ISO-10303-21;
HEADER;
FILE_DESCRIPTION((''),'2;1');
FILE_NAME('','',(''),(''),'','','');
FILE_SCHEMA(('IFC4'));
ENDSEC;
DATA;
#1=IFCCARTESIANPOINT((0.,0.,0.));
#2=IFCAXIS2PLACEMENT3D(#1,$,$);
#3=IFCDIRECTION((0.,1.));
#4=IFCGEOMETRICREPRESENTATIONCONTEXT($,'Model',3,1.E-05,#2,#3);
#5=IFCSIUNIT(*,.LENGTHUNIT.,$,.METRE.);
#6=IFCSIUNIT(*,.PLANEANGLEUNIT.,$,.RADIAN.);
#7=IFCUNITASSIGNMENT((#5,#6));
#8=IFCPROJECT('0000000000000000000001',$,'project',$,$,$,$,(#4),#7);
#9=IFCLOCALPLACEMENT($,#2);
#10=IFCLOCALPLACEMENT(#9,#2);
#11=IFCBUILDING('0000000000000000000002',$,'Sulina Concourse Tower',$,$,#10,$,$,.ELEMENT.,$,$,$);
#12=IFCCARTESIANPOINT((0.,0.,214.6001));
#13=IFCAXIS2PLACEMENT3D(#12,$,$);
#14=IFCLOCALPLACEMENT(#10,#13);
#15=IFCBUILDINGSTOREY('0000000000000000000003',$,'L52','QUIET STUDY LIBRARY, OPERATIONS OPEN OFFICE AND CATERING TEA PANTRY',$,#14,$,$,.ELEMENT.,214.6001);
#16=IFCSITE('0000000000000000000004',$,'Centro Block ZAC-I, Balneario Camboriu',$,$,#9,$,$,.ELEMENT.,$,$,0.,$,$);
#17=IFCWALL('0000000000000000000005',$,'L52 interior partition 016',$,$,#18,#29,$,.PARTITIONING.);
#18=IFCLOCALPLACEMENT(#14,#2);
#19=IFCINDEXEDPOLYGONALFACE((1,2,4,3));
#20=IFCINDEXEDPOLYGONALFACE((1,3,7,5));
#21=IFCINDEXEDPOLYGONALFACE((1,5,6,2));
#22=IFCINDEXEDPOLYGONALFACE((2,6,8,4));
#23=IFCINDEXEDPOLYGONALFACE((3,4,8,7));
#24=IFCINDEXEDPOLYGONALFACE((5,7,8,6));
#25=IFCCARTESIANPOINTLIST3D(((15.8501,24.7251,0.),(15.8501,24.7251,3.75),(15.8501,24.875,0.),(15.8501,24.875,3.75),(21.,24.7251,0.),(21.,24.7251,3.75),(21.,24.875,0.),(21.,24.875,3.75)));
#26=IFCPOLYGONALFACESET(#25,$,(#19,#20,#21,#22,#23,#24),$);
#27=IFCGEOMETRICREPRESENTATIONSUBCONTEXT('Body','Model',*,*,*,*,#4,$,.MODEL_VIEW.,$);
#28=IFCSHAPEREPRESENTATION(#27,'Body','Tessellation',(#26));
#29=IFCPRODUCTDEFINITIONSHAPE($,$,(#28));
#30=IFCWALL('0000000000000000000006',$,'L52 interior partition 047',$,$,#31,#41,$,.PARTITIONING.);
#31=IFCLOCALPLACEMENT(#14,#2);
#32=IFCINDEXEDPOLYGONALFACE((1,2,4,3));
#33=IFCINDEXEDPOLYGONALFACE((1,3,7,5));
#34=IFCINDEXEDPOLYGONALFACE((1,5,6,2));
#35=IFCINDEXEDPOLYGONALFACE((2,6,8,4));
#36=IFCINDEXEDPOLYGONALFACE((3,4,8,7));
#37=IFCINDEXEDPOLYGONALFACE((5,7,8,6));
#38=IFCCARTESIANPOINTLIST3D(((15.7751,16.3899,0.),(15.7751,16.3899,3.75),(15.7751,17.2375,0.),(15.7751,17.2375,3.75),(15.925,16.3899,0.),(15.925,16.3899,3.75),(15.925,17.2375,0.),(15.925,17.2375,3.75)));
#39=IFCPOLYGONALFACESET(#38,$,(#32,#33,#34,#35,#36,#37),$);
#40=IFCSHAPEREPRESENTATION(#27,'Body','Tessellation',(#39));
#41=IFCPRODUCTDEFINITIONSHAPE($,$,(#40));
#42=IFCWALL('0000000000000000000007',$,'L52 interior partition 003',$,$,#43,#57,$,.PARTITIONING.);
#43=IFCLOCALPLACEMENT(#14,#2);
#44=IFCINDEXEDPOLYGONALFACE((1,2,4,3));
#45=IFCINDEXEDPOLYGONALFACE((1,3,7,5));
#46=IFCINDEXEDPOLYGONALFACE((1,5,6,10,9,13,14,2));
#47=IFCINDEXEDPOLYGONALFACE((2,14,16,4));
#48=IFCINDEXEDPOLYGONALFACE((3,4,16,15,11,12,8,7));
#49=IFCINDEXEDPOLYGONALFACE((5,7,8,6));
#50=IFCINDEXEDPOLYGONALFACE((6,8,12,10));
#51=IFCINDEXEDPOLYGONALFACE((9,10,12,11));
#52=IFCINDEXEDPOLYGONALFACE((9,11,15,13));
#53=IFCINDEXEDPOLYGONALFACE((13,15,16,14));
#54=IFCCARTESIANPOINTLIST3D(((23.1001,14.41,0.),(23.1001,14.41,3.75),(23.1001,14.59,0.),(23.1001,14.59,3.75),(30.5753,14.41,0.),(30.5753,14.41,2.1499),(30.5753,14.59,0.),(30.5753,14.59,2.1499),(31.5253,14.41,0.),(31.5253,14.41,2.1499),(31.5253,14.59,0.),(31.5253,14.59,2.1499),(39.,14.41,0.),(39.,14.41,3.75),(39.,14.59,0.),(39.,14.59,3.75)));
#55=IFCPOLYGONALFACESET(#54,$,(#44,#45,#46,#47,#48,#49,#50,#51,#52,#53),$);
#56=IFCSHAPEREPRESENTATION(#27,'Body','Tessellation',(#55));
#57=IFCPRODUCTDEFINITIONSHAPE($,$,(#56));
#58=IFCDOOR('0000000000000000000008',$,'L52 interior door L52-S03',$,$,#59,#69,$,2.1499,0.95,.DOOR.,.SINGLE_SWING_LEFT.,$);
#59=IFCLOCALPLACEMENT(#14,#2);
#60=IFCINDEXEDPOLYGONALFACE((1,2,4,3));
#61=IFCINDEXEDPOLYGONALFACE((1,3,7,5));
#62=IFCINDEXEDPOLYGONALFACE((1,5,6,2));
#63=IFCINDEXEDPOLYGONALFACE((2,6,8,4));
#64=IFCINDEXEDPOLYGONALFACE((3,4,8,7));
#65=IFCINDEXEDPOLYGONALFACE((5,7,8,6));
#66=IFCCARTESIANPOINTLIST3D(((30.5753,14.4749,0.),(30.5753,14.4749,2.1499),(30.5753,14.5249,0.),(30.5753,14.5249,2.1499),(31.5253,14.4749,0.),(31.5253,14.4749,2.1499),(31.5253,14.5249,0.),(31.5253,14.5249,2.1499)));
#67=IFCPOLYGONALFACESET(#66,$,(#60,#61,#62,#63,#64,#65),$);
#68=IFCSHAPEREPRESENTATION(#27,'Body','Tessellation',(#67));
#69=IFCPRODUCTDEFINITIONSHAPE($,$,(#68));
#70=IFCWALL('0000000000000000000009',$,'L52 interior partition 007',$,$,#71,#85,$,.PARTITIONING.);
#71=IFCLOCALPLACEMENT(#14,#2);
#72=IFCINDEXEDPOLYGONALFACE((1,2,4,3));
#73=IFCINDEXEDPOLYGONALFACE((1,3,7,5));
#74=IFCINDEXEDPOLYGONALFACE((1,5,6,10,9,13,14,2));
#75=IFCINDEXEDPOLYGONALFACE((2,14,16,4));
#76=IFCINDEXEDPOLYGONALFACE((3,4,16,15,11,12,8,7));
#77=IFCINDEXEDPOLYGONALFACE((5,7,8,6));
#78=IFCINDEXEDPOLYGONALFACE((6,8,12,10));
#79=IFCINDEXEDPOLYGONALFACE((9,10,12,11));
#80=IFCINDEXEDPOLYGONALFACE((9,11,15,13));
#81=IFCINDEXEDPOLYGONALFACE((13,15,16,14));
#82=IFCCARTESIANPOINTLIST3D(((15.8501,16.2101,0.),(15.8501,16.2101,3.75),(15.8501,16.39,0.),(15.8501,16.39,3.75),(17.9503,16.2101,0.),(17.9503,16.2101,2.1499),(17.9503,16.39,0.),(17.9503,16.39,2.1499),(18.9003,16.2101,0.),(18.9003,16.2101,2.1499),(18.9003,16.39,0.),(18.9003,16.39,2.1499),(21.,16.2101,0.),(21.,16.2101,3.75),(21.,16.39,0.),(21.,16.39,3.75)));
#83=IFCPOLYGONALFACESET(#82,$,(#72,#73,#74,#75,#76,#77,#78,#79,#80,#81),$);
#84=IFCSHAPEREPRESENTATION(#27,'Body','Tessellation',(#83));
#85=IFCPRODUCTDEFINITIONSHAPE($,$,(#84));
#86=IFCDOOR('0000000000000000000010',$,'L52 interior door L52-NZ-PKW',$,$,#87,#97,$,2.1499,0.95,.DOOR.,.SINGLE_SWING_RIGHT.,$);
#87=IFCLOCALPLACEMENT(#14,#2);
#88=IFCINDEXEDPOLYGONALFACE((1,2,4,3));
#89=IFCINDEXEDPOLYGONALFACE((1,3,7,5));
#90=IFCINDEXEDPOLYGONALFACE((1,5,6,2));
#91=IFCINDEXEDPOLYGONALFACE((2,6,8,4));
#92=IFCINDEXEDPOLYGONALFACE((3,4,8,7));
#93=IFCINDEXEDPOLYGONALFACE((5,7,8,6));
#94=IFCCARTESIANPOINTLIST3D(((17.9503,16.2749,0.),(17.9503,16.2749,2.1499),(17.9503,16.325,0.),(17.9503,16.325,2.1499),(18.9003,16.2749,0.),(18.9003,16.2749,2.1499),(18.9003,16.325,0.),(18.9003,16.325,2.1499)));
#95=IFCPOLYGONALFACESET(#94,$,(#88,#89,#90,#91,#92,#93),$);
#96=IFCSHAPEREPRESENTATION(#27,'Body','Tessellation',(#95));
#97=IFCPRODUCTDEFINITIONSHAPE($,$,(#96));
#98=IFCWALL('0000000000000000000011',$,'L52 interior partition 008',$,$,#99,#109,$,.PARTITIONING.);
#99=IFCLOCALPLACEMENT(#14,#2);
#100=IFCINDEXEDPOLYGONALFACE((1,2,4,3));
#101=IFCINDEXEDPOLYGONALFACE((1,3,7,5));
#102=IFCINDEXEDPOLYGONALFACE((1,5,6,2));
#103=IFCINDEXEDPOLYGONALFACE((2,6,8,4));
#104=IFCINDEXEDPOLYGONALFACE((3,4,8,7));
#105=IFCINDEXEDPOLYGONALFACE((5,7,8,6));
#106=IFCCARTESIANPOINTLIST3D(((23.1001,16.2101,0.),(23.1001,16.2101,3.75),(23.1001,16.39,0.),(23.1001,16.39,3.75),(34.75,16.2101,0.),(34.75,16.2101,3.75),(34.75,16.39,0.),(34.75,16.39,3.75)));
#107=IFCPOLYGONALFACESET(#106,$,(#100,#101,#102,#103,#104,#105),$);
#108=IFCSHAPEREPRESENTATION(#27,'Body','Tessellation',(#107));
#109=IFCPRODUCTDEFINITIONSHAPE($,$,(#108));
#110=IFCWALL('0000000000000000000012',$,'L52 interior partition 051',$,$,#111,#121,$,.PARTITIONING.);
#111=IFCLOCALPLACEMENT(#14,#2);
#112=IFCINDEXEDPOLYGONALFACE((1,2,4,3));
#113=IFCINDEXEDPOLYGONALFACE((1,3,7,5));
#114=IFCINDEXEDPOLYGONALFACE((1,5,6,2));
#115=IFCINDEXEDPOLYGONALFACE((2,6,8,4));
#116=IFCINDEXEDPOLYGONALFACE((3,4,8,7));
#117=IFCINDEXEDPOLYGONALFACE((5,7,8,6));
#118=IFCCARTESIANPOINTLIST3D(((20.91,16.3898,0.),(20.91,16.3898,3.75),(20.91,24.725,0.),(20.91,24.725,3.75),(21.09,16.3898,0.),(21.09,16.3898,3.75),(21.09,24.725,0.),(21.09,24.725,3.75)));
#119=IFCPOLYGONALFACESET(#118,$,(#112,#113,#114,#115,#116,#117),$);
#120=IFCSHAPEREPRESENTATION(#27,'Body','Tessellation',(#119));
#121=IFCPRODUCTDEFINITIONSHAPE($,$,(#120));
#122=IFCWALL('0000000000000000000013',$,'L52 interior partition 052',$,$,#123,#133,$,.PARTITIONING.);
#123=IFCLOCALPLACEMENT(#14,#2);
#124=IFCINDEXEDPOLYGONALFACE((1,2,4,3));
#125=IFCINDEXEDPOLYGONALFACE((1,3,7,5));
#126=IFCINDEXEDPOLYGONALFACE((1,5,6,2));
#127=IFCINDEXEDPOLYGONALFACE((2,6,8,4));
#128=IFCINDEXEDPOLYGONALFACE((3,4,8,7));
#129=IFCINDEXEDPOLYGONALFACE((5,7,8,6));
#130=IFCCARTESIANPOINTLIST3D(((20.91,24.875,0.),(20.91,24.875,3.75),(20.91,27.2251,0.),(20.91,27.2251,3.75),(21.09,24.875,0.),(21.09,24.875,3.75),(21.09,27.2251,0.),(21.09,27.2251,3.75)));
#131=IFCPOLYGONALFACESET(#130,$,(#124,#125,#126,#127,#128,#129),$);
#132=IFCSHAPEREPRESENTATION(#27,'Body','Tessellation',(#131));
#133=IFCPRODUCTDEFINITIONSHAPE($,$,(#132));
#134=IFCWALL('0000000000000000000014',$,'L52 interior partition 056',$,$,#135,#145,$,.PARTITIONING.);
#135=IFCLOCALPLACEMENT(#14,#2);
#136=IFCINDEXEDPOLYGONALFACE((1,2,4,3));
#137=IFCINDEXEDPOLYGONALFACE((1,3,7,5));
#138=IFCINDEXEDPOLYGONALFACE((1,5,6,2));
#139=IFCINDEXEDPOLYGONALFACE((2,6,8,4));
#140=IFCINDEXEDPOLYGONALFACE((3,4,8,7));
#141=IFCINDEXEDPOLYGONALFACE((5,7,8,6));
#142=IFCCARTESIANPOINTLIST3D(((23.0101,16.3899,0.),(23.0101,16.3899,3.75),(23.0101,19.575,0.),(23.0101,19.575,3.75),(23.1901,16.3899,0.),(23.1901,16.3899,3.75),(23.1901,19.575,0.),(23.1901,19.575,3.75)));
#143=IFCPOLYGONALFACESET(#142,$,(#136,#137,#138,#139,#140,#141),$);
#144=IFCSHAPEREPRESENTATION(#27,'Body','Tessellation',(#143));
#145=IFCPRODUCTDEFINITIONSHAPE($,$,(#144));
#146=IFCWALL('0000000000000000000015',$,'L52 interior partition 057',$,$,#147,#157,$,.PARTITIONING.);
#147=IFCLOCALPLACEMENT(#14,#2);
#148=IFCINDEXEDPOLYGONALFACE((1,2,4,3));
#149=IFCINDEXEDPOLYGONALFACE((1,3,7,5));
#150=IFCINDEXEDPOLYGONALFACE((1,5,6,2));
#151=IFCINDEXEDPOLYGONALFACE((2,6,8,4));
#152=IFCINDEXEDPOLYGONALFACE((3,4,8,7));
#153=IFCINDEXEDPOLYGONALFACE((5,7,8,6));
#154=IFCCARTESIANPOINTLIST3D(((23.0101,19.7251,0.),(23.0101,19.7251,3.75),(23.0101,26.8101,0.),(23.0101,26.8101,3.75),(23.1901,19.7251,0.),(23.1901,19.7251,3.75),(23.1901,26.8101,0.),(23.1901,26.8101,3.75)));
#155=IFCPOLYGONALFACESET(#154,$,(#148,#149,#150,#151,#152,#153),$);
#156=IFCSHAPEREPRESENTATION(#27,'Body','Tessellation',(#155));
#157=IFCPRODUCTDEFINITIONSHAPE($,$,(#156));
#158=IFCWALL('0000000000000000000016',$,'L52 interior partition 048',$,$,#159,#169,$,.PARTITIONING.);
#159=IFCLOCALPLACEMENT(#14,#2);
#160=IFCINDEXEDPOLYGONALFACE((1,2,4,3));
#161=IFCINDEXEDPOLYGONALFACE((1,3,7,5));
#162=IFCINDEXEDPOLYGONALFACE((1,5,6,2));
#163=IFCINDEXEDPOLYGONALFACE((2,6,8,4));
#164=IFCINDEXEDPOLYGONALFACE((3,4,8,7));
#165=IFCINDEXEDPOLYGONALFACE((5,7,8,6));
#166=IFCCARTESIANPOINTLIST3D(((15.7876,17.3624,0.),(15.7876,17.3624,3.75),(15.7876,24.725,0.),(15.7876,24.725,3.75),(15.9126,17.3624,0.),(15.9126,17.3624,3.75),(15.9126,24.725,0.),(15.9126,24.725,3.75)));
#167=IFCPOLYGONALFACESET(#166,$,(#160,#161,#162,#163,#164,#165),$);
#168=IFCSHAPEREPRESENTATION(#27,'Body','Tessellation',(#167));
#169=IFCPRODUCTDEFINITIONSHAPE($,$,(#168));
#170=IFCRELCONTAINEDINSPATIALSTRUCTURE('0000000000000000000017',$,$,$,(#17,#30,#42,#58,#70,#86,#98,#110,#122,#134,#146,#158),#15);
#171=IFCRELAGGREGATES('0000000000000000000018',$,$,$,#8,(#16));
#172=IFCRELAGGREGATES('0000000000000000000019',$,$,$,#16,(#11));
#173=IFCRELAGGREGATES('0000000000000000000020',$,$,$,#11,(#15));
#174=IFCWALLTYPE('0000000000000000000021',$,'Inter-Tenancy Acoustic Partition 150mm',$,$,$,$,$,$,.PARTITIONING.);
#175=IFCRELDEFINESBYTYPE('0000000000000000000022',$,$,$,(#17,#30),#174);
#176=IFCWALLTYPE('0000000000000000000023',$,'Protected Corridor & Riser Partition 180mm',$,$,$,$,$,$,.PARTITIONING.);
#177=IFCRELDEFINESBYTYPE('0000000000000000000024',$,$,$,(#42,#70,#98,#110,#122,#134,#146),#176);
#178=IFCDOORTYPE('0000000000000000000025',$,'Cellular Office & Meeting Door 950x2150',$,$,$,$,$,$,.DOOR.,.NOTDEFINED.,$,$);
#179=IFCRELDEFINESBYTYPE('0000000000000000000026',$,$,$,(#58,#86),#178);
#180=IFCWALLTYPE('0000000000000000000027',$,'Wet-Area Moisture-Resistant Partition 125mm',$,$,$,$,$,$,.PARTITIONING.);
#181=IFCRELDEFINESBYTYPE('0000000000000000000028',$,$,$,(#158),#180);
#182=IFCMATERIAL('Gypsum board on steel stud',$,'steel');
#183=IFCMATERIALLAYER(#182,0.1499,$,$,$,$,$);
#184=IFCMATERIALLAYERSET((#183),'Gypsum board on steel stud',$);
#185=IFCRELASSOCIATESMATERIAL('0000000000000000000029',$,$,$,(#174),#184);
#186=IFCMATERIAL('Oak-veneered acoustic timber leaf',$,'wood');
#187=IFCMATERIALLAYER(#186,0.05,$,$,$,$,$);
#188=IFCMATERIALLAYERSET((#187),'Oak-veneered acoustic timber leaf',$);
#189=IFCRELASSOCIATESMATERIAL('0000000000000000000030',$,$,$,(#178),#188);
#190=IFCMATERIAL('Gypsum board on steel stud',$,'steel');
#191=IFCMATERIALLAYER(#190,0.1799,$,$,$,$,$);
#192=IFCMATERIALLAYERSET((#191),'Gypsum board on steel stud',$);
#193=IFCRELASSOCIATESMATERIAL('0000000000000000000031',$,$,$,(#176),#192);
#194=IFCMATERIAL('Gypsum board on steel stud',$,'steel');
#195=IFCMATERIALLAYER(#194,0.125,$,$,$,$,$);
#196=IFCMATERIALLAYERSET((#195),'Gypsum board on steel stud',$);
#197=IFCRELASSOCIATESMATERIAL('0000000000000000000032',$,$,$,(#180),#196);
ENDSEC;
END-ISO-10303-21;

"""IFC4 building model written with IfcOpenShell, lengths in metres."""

from ifc_helpers import new_model, si_unit, direction, frame, frame_2d, origin, place, context, subcontext, project, spatial, rectangle, extrude, material, layer, layer_set, type_object, element, fill, save


model = new_model("IFC4")

# Units and contexts
model_context = context("Model", 3, precision=1e-05, world=origin(), true_north=direction((0.0, 1.0)))
body_context = subcontext(model_context, "Body", "Model", "MODEL_VIEW")
ifc_project = project(units=[si_unit("LENGTHUNIT", "METRE"), si_unit("PLANEANGLEUNIT", "RADIAN")], contexts=[model_context])

# Site, building, storey
site_placement = place(None, origin())
site = spatial("IfcSite", under=ifc_project, at=site_placement, Name="Centro Block ZAC-I, Balneario Camboriu", CompositionType="ELEMENT", RefElevation=0.0)
building_placement = place(site_placement, origin())
building = spatial("IfcBuilding", under=site, at=building_placement, Name="Sulina Concourse Tower", CompositionType="ELEMENT")
storey_placement = place(building_placement, frame((0.0, 0.0, 214.6001)))
storey = spatial("IfcBuildingStorey", under=building, at=storey_placement, Name="L52", Description="QUIET STUDY LIBRARY, OPERATIONS OPEN OFFICE AND CATERING TEA PANTRY", CompositionType="ELEMENT", Elevation=214.6001)

# Wall
ifc_material_1 = material(Name="Gypsum board on steel stud", Category="steel")
ifc_layer_1 = layer(ifc_material_1, 0.1499)
ifc_layer_set_1 = layer_set([ifc_layer_1], Name="Gypsum board on steel stud")
wall_type_1 = type_object("IfcWallType", Name="Inter-Tenancy Acoustic Partition 150mm", PredefinedType="PARTITIONING", material=ifc_layer_set_1)
wall_1_placement = place(storey_placement, frame((15.8501, 24.8, 0.0), z_axis=(0.0, 0.0, 1.0), x_axis=(1.0, 0.0, 0.0)))
element("IfcWall", 1, at=wall_1_placement, inside=storey, type_object=wall_type_1, Name="L52 interior partition 016", PredefinedType="PARTITIONING", context=body_context, shape_type="SweptSolid", body=[
    extrude(rectangle(XDim=5.1499, YDim=0.1499, at=frame_2d((2.575, 0.0))), origin(), (0.0, 0.0, 1.0), 3.75),
])

# Shared definitions
ifc_material_2 = material(Name="Oak-veneered acoustic timber leaf", Category="wood")
ifc_layer_2 = layer(ifc_material_2, 0.05)
ifc_layer_set_2 = layer_set([ifc_layer_2], Name="Oak-veneered acoustic timber leaf")
door_type = type_object("IfcDoorType", Name="Cellular Office & Meeting Door 950x2150", OperationType="NOTDEFINED", PredefinedType="DOOR", material=ifc_layer_set_2)

# Wall
wall_2_placement = place(storey_placement, frame((15.8501, 16.3899, 0.0), z_axis=(0.0, 0.0, 1.0), x_axis=(0.0, 1.0, 0.0)))
element("IfcWall", 2, at=wall_2_placement, inside=storey, type_object=wall_type_1, Name="L52 interior partition 047", PredefinedType="PARTITIONING", context=body_context, shape_type="SweptSolid", body=[
    extrude(rectangle(XDim=0.8477, YDim=0.1499, at=frame_2d((0.4238, 0.0))), origin(), (0.0, 0.0, 1.0), 3.75),
])

# Walls, openings, doors
ifc_material_3 = material(Name="Gypsum board on steel stud", Category="steel")
ifc_layer_3 = layer(ifc_material_3, 0.1799)
ifc_layer_set_3 = layer_set([ifc_layer_3], Name="Gypsum board on steel stud")
wall_type_2 = type_object("IfcWallType", Name="Protected Corridor & Riser Partition 180mm", PredefinedType="PARTITIONING", material=ifc_layer_set_3)
wall_3_placement = place(storey_placement, frame((23.1001, 14.5, 0.0), z_axis=(0.0, 0.0, 1.0), x_axis=(1.0, 0.0, 0.0)))
wall_3 = element("IfcWall", 3, at=wall_3_placement, inside=storey, type_object=wall_type_2, Name="L52 interior partition 003", PredefinedType="PARTITIONING", context=body_context, shape_type="SweptSolid", body=[
    extrude(rectangle(XDim=15.8999, YDim=0.1799, at=frame_2d((7.95, 0.0))), origin(), (0.0, 0.0, 1.0), 3.75),
])
opening_1_placement = place(wall_3_placement, frame((7.4751, 0.0, 0.0)))
opening_1 = element("IfcOpeningElement", 4, at=opening_1_placement, cuts=wall_3, PredefinedType="OPENING", context=body_context, shape_type="SweptSolid", body=[
    extrude(rectangle(XDim=0.95, YDim=2.1499, at=frame_2d((0.4751, 1.075))), frame((0.0, 0.0999, 0.0), z_axis=(0.0, -1.0, 0.0), x_axis=(1.0, 0.0, 0.0)), (0.0, 0.0, 1.0), 0.2),
])
door_1_placement = place(opening_1_placement, origin())
door_1 = element("IfcDoor", 5, at=door_1_placement, inside=storey, type_object=door_type, Name="L52 interior door L52-S03", OperationType="SINGLE_SWING_LEFT", OverallHeight=2.1499, OverallWidth=0.95, PredefinedType="DOOR", context=body_context, shape_type="SweptSolid", body=[
    extrude(rectangle(XDim=0.95, YDim=2.1499, at=frame_2d((0.4751, 1.075))), frame((0.0, 0.0249, 0.0), z_axis=(0.0, -1.0, 0.0), x_axis=(1.0, 0.0, 0.0)), (0.0, 0.0, 1.0), 0.05),
])
fill(opening_1, door_1)
wall_4_placement = place(storey_placement, frame((15.8501, 16.3, 0.0), z_axis=(0.0, 0.0, 1.0), x_axis=(1.0, 0.0, 0.0)))
wall_4 = element("IfcWall", 6, at=wall_4_placement, inside=storey, type_object=wall_type_2, Name="L52 interior partition 007", PredefinedType="PARTITIONING", context=body_context, shape_type="SweptSolid", body=[
    extrude(rectangle(XDim=5.1499, YDim=0.1799, at=frame_2d((2.575, 0.0))), origin(), (0.0, 0.0, 1.0), 3.75),
])
opening_2_placement = place(wall_4_placement, frame((2.1001, 0.0, 0.0)))
opening_2 = element("IfcOpeningElement", 7, at=opening_2_placement, cuts=wall_4, PredefinedType="OPENING", context=body_context, shape_type="SweptSolid", body=[
    extrude(rectangle(XDim=0.95, YDim=2.1499, at=frame_2d((0.4751, 1.075))), frame((0.0, 0.0999, 0.0), z_axis=(0.0, -1.0, 0.0), x_axis=(1.0, 0.0, 0.0)), (0.0, 0.0, 1.0), 0.2),
])
door_2_placement = place(opening_2_placement, origin())
door_2 = element("IfcDoor", 8, at=door_2_placement, inside=storey, type_object=door_type, Name="L52 interior door L52-NZ-PKW", OperationType="SINGLE_SWING_RIGHT", OverallHeight=2.1499, OverallWidth=0.95, PredefinedType="DOOR", context=body_context, shape_type="SweptSolid", body=[
    extrude(rectangle(XDim=0.95, YDim=2.1499, at=frame_2d((0.4751, 1.075))), frame((0.0, 0.0249, 0.0), z_axis=(0.0, -1.0, 0.0), x_axis=(1.0, 0.0, 0.0)), (0.0, 0.0, 1.0), 0.05),
])
fill(opening_2, door_2)

# Walls
wall_5_placement = place(storey_placement, frame((23.1001, 16.3, 0.0), z_axis=(0.0, 0.0, 1.0), x_axis=(1.0, 0.0, 0.0)))
element("IfcWall", 9, at=wall_5_placement, inside=storey, type_object=wall_type_2, Name="L52 interior partition 008", PredefinedType="PARTITIONING", context=body_context, shape_type="SweptSolid", body=[
    extrude(rectangle(XDim=11.6499, YDim=0.1799, at=frame_2d((5.825, 0.0))), origin(), (0.0, 0.0, 1.0), 3.75),
])
wall_6_placement = place(storey_placement, frame((21.0, 16.3899, 0.0), z_axis=(0.0, 0.0, 1.0), x_axis=(0.0, 1.0, 0.0)))
element("IfcWall", 10, at=wall_6_placement, inside=storey, type_object=wall_type_2, Name="L52 interior partition 051", PredefinedType="PARTITIONING", context=body_context, shape_type="SweptSolid", body=[
    extrude(rectangle(XDim=8.3352, YDim=0.1799, at=frame_2d((4.1675, 0.0))), origin(), (0.0, 0.0, 1.0), 3.75),
])
wall_7_placement = place(storey_placement, frame((21.0, 24.875, 0.0), z_axis=(0.0, 0.0, 1.0), x_axis=(0.0, 1.0, 0.0)))
element("IfcWall", 11, at=wall_7_placement, inside=storey, type_object=wall_type_2, Name="L52 interior partition 052", PredefinedType="PARTITIONING", context=body_context, shape_type="SweptSolid", body=[
    extrude(rectangle(XDim=2.3501, YDim=0.1799, at=frame_2d((1.175, 0.0))), origin(), (0.0, 0.0, 1.0), 3.75),
])
wall_8_placement = place(storey_placement, frame((23.1001, 16.3899, 0.0), z_axis=(0.0, 0.0, 1.0), x_axis=(0.0, 1.0, 0.0)))
element("IfcWall", 12, at=wall_8_placement, inside=storey, type_object=wall_type_2, Name="L52 interior partition 056", PredefinedType="PARTITIONING", context=body_context, shape_type="SweptSolid", body=[
    extrude(rectangle(XDim=3.1851, YDim=0.1799, at=frame_2d((1.5925, 0.0))), origin(), (0.0, 0.0, 1.0), 3.75),
])
wall_9_placement = place(storey_placement, frame((23.1001, 19.7251, 0.0), z_axis=(0.0, 0.0, 1.0), x_axis=(0.0, 1.0, 0.0)))
element("IfcWall", 13, at=wall_9_placement, inside=storey, type_object=wall_type_2, Name="L52 interior partition 057", PredefinedType="PARTITIONING", context=body_context, shape_type="SweptSolid", body=[
    extrude(rectangle(XDim=7.085, YDim=0.1799, at=frame_2d((3.5425, 0.0))), origin(), (0.0, 0.0, 1.0), 3.75),
])
ifc_material_4 = material(Name="Gypsum board on steel stud", Category="steel")
ifc_layer_4 = layer(ifc_material_4, 0.125)
ifc_layer_set_4 = layer_set([ifc_layer_4], Name="Gypsum board on steel stud")
wall_type_3 = type_object("IfcWallType", Name="Wet-Area Moisture-Resistant Partition 125mm", PredefinedType="PARTITIONING", material=ifc_layer_set_4)
wall_10_placement = place(storey_placement, frame((15.8501, 17.3625, 0.0), z_axis=(0.0, 0.0, 1.0), x_axis=(0.0, 1.0, 0.0)))
element("IfcWall", 14, at=wall_10_placement, inside=storey, type_object=wall_type_3, Name="L52 interior partition 048", PredefinedType="PARTITIONING", context=body_context, shape_type="SweptSolid", body=[
    extrude(rectangle(XDim=7.3625, YDim=0.125, at=frame_2d((3.6812, 0.0))), origin(), (0.0, 0.0, 1.0), 3.75),
])

save(model, "model.ifc")
